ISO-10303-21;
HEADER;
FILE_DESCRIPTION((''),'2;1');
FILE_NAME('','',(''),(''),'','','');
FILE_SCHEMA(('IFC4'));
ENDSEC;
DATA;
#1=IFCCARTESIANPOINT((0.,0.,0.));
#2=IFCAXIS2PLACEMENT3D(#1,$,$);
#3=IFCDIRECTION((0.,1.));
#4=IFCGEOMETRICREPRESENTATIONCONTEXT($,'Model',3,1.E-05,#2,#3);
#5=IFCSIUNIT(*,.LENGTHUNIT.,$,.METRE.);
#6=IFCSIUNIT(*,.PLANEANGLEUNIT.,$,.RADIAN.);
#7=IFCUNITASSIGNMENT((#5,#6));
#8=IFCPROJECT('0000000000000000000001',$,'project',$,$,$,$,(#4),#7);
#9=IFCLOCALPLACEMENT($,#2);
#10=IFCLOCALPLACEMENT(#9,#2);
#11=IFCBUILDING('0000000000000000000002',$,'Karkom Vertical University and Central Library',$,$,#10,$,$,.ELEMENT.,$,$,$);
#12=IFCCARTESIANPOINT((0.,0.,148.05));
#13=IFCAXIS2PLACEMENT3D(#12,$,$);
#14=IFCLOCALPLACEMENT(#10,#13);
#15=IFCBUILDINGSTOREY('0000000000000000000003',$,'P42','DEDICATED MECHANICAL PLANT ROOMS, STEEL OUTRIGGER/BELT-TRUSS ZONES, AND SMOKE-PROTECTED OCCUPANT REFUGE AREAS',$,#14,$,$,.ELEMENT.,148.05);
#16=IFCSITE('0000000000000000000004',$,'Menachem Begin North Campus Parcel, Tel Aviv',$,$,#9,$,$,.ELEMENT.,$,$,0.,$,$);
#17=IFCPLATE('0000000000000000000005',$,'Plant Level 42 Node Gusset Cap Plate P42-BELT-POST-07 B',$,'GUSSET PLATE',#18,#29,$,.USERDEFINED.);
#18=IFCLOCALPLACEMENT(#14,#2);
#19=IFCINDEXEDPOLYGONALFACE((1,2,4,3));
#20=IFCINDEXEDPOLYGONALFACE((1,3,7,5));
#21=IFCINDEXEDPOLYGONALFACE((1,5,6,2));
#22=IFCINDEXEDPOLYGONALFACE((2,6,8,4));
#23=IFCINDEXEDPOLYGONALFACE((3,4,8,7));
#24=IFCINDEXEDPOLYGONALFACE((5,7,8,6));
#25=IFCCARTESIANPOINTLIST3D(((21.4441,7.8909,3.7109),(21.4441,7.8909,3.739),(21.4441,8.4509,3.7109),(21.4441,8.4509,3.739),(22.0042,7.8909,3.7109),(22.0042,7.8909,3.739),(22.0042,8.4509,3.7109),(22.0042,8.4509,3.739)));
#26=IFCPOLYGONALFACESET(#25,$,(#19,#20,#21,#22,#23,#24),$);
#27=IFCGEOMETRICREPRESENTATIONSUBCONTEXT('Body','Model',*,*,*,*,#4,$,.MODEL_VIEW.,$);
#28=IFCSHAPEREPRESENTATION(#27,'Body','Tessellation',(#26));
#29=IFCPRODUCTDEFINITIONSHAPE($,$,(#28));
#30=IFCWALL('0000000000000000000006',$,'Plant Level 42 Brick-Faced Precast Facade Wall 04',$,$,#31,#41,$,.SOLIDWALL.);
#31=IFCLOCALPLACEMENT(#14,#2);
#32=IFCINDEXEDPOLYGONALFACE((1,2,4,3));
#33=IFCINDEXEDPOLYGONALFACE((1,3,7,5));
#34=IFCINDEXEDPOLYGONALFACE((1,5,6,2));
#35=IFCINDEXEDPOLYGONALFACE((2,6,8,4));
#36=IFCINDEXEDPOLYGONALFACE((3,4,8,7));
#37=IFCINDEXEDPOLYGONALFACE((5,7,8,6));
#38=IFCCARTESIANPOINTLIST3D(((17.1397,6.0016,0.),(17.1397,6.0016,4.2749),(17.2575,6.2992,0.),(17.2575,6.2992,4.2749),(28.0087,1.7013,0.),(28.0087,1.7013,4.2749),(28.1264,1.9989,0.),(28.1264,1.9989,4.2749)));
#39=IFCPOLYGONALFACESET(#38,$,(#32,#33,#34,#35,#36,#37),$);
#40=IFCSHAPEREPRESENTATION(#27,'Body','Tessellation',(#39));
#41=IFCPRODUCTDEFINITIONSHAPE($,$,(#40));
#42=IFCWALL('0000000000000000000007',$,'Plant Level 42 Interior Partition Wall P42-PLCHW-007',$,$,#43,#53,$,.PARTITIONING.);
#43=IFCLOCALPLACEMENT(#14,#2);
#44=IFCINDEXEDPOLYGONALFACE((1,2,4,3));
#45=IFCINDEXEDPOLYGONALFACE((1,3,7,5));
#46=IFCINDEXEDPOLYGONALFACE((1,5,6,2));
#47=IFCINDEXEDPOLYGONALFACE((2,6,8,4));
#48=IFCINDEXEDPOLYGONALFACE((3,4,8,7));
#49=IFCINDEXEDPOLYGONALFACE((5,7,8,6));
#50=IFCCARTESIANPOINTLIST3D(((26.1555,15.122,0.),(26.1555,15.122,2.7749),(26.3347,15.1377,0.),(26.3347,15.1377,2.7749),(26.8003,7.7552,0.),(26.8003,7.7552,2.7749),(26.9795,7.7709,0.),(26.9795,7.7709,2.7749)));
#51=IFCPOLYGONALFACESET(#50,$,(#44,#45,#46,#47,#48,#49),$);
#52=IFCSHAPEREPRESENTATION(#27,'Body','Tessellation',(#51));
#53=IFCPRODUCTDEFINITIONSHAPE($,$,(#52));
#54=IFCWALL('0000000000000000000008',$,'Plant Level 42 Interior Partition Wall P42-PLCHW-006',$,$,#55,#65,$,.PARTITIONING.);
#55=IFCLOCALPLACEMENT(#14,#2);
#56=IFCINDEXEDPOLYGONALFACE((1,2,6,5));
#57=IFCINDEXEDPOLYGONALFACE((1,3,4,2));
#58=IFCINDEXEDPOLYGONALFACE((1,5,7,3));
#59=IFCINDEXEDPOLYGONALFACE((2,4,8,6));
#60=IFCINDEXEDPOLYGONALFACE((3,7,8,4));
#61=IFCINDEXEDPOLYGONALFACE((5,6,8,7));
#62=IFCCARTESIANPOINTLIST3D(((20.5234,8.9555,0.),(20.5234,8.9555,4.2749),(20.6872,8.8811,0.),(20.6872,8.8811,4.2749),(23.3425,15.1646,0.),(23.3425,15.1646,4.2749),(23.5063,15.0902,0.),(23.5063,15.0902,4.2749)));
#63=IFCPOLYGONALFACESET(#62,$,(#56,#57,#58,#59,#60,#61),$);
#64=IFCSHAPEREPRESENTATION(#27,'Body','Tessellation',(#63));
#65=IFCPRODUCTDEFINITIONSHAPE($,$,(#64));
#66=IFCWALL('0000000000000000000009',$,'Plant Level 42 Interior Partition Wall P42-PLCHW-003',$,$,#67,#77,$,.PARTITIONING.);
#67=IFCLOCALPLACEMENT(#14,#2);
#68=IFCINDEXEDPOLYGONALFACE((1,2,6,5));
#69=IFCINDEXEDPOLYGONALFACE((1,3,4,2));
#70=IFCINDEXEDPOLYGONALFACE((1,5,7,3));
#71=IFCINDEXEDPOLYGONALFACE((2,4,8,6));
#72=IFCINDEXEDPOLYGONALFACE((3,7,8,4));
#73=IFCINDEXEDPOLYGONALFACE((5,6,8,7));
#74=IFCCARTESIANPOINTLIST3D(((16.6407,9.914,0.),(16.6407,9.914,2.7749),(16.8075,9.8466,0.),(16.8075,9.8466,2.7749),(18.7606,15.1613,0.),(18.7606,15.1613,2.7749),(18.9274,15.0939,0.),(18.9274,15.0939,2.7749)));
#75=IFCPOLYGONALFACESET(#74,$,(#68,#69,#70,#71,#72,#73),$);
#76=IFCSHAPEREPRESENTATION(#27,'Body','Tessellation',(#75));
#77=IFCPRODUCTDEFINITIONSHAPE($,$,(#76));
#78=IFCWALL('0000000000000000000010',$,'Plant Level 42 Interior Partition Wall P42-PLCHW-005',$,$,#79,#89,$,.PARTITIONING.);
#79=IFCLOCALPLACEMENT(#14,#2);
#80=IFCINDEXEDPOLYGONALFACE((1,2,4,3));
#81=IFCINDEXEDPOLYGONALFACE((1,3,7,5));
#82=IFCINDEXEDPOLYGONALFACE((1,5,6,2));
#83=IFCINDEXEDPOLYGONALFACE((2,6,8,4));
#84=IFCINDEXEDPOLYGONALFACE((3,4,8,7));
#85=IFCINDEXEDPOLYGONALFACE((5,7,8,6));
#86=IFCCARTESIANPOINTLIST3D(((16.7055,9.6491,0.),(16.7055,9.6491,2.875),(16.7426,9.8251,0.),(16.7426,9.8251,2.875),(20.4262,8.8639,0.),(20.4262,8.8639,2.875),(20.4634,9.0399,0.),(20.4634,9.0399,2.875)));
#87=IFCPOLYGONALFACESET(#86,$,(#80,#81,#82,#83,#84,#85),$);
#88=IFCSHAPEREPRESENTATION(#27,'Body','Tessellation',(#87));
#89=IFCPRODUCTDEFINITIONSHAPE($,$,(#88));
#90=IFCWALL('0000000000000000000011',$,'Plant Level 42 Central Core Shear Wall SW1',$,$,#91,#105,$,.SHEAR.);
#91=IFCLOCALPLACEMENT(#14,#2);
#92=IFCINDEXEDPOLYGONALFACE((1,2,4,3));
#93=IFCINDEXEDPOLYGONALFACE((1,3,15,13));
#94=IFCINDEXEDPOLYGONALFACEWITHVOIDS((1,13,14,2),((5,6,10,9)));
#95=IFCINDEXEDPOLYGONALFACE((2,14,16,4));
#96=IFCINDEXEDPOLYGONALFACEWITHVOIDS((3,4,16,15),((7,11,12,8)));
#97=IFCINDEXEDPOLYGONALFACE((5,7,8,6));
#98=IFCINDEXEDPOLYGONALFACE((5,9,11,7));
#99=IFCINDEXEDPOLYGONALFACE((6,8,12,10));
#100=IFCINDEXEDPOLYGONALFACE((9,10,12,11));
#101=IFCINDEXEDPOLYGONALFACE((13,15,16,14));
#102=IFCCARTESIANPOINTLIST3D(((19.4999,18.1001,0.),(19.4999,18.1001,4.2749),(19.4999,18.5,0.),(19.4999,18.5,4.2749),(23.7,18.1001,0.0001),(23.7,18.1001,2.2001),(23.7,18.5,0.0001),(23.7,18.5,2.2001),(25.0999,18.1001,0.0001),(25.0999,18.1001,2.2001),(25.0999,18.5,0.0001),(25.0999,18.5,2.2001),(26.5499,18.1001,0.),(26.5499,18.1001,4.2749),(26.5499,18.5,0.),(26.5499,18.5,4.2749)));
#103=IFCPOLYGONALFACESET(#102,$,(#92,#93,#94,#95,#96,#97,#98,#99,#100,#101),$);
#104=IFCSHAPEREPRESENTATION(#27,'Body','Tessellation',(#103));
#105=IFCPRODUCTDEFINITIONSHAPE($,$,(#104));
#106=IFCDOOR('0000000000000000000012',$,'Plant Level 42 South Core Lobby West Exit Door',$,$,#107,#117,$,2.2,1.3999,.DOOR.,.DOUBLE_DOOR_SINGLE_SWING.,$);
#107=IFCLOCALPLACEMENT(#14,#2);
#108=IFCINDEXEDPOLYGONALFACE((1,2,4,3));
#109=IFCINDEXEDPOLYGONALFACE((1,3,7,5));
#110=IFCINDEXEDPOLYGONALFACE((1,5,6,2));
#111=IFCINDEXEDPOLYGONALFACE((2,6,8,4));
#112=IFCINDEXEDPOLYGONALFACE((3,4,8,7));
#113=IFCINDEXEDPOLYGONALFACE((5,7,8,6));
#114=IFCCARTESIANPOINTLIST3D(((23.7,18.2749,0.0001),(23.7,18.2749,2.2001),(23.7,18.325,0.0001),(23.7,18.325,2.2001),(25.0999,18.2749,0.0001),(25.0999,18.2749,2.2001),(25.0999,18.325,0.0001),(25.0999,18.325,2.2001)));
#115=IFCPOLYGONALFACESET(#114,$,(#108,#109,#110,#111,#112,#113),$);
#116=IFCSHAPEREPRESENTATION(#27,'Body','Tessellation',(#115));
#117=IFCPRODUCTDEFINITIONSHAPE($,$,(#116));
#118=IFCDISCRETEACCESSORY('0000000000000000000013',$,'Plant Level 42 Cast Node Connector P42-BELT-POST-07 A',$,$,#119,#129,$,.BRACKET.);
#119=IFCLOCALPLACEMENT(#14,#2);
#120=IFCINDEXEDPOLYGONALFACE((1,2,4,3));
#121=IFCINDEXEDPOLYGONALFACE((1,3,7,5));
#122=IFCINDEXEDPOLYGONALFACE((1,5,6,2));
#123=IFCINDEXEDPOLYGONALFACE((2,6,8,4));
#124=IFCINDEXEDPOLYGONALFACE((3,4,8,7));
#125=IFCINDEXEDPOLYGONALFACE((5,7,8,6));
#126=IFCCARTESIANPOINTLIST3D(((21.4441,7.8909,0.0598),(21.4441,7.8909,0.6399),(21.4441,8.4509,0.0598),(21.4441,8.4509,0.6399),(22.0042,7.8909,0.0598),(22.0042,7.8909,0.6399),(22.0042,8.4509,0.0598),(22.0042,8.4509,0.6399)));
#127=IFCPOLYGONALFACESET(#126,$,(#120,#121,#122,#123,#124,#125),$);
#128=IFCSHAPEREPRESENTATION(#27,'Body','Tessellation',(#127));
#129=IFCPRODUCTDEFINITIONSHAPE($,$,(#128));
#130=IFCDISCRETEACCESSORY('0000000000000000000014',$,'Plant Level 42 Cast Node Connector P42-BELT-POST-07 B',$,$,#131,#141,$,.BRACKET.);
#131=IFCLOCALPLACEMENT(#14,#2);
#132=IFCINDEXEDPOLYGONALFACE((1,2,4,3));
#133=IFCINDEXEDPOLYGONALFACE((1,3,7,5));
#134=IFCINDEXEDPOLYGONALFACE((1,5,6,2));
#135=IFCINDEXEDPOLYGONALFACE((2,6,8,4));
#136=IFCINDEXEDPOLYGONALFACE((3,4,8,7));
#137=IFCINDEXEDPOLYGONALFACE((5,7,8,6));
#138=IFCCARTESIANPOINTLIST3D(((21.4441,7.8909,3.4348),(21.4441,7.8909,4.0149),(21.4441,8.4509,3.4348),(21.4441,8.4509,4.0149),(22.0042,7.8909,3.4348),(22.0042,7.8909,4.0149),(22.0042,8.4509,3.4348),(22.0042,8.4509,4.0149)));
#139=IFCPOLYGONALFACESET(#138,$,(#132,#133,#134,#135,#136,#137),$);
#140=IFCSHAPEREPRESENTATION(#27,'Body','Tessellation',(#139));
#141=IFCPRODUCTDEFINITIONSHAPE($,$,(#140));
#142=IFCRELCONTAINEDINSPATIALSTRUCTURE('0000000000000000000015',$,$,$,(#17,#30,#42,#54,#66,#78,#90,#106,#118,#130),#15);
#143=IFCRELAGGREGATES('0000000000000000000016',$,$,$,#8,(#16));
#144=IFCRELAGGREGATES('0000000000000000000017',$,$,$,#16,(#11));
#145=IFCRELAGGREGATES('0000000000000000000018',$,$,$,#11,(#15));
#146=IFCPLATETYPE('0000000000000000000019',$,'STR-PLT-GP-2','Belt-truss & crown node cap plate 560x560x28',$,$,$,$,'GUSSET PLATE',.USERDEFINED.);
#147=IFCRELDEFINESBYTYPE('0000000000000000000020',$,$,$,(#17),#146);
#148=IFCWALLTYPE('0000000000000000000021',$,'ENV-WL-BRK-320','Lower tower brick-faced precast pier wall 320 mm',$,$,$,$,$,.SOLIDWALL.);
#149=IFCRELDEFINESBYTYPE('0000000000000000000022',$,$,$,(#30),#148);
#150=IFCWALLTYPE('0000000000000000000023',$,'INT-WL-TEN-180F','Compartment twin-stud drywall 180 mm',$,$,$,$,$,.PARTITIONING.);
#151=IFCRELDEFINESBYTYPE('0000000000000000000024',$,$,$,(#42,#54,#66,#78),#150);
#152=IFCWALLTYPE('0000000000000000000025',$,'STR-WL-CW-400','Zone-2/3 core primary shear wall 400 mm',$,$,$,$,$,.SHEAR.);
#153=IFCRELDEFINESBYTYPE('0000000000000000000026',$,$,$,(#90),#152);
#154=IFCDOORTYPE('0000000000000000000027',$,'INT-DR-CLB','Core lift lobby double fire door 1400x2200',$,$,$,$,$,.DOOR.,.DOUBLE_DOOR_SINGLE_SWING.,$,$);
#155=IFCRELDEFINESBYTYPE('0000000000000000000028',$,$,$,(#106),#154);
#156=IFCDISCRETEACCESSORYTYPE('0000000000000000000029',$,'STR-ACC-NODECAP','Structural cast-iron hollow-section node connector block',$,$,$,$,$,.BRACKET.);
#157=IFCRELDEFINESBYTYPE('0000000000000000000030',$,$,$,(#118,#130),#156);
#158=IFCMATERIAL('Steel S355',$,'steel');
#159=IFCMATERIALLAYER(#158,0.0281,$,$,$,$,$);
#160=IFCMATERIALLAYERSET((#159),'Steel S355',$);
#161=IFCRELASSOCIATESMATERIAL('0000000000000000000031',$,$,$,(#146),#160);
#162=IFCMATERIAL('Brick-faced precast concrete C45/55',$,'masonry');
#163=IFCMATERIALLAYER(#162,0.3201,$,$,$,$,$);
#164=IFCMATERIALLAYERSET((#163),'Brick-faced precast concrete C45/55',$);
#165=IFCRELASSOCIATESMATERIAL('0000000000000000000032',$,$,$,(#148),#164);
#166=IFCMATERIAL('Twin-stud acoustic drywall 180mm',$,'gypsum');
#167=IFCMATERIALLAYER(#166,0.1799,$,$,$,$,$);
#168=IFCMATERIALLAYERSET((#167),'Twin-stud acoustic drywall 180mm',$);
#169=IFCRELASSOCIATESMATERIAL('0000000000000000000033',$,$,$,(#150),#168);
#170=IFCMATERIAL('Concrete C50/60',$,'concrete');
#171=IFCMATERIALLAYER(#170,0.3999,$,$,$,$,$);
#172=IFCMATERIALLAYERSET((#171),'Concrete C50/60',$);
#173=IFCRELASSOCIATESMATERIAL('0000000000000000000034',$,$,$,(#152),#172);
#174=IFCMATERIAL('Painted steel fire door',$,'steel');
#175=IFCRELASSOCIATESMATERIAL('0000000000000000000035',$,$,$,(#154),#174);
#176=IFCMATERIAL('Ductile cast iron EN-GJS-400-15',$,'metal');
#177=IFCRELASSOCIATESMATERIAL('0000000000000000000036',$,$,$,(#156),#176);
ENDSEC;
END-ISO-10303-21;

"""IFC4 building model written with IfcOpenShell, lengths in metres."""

from ifc_helpers import new_model, si_unit, direction, frame, frame_2d, origin, origin_with_axes, origin_2d, place, context, subcontext, project, spatial, rectangle, extrude, source, transform, mapped, material, layer, layer_set, type_object, element, fill, save


model = new_model("IFC4")

# Units and contexts
model_context = context("Model", 3, precision=1e-05, world=origin(), true_north=direction((0.0, 1.0)))
body_context = subcontext(model_context, "Body", "Model", "MODEL_VIEW")
ifc_project = project(units=[si_unit("LENGTHUNIT", "METRE"), si_unit("PLANEANGLEUNIT", "RADIAN")], contexts=[model_context])

# Site, building, storey
site_placement = place(None, origin())
site = spatial("IfcSite", under=ifc_project, at=site_placement, Name="Menachem Begin North Campus Parcel, Tel Aviv", CompositionType="ELEMENT", RefElevation=0.0)
building_placement = place(site_placement, origin())
building = spatial("IfcBuilding", under=site, at=building_placement, Name="Karkom Vertical University and Central Library", CompositionType="ELEMENT")
storey_placement = place(building_placement, frame((0.0, 0.0, 148.05)))
storey = spatial("IfcBuildingStorey", under=building, at=storey_placement, Name="P42", Description="DEDICATED MECHANICAL PLANT ROOMS, STEEL OUTRIGGER/BELT-TRUSS ZONES, AND SMOKE-PROTECTED OCCUPANT REFUGE AREAS", CompositionType="ELEMENT", Elevation=148.05)

# Shared definitions
ifc_material_1 = material(Name="Concrete C50/60", Category="concrete")

# Shared definitions
ifc_material_2 = material(Name="Steel S355", Category="steel")

# Plate
ifc_layer_1 = layer(ifc_material_2, 0.0281)
ifc_layer_set_1 = layer_set([ifc_layer_1], Name="Steel S355")
plate_type = type_object("IfcPlateType", Name="STR-PLT-GP-2", Description="Belt-truss & crown node cap plate 560x560x28", ElementType="GUSSET PLATE", PredefinedType="USERDEFINED", material=ifc_layer_set_1)
shared_shape_1 = source(origin_with_axes(), body_context, "Body", "SweptSolid", [
    extrude(rectangle(XDim=0.5601, YDim=0.5601, at=origin_2d()), origin(), (0.0, 0.0, 1.0), 0.0281),
])
for number, where, z_axis, x_axis, name in (
    (1, (21.7241, 8.1709, 3.7109), (0.0, 0.0, 1.0), (1.0, 0.0, 0.0), "Plant Level 42 Node Gusset Cap Plate P42-BELT-POST-07 B"),
):
    element("IfcPlate", number, at=place(storey_placement, frame(where, z_axis=z_axis, x_axis=x_axis)), inside=storey, type_object=plate_type, Name=name, ObjectType="GUSSET PLATE", PredefinedType="USERDEFINED", context=body_context, shape_type="MappedRepresentation", body=[
        mapped(shared_shape_1, transform((0.0, 0.0, 0.0), scale=1.0)),
    ])

# Walls
ifc_material_3 = material(Name="Brick-faced precast concrete C45/55", Category="masonry")
ifc_layer_2 = layer(ifc_material_3, 0.3201)
ifc_layer_set_2 = layer_set([ifc_layer_2], Name="Brick-faced precast concrete C45/55")
wall_type_1 = type_object("IfcWallType", Name="ENV-WL-BRK-320", Description="Lower tower brick-faced precast pier wall 320 mm", PredefinedType="SOLIDWALL", material=ifc_layer_set_2)
wall_1_placement = place(storey_placement, frame((17.1987, 6.1504, 0.0), z_axis=(0.0, 0.0, 1.0), x_axis=(0.929865, -0.367902, 0.0)))
element("IfcWall", 2, at=wall_1_placement, inside=storey, type_object=wall_type_1, Name="Plant Level 42 Brick-Faced Precast Facade Wall 04", PredefinedType="SOLIDWALL", context=body_context, shape_type="SweptSolid", body=[
    extrude(rectangle(XDim=11.6887, YDim=0.3201, at=frame_2d((5.8442, 0.0))), origin(), (0.0, 0.0, 1.0), 4.2749),
])
ifc_material_4 = material(Name="Twin-stud acoustic drywall 180mm", Category="gypsum")
ifc_layer_3 = layer(ifc_material_4, 0.1799)
ifc_layer_set_3 = layer_set([ifc_layer_3], Name="Twin-stud acoustic drywall 180mm")
wall_type_2 = type_object("IfcWallType", Name="INT-WL-TEN-180F", Description="Compartment twin-stud drywall 180 mm", PredefinedType="PARTITIONING", material=ifc_layer_set_3)
wall_2_placement = place(storey_placement, frame((26.2451, 15.1299, 0.0), z_axis=(0.0, 0.0, 1.0), x_axis=(0.087189, -0.996192, 0.0)))
element("IfcWall", 3, at=wall_2_placement, inside=storey, type_object=wall_type_2, Name="Plant Level 42 Interior Partition Wall P42-PLCHW-007", PredefinedType="PARTITIONING", context=body_context, shape_type="SweptSolid", body=[
    extrude(rectangle(XDim=7.395, YDim=0.1799, at=frame_2d((3.6975, 0.0))), origin(), (0.0, 0.0, 1.0), 2.7749),
])
wall_3_placement = place(storey_placement, frame((20.6052, 8.9182, 0.0), z_axis=(0.0, 0.0, 1.0), x_axis=(0.413417, 0.910542, 0.0)))
element("IfcWall", 4, at=wall_3_placement, inside=storey, type_object=wall_type_2, Name="Plant Level 42 Interior Partition Wall P42-PLCHW-006", PredefinedType="PARTITIONING", context=body_context, shape_type="SweptSolid", body=[
    extrude(rectangle(XDim=6.8191, YDim=0.1799, at=frame_2d((3.4097, 0.0))), origin(), (0.0, 0.0, 1.0), 4.2749),
])
wall_4_placement = place(storey_placement, frame((16.7241, 9.8804, 0.0), z_axis=(0.0, 0.0, 1.0), x_axis=(0.374579, 0.927195, 0.0)))
element("IfcWall", 5, at=wall_4_placement, inside=storey, type_object=wall_type_2, Name="Plant Level 42 Interior Partition Wall P42-PLCHW-003", PredefinedType="PARTITIONING", context=body_context, shape_type="SweptSolid", body=[
    extrude(rectangle(XDim=5.6594, YDim=0.1799, at=frame_2d((2.8296, 0.0))), origin(), (0.0, 0.0, 1.0), 2.7749),
])
wall_5_placement = place(storey_placement, frame((20.4448, 8.9519, 0.0), z_axis=(0.0, 0.0, 1.0), x_axis=(-0.978452, 0.206476, 0.0)))
element("IfcWall", 6, at=wall_5_placement, inside=storey, type_object=wall_type_2, Name="Plant Level 42 Interior Partition Wall P42-PLCHW-005", PredefinedType="PARTITIONING", context=body_context, shape_type="SweptSolid", body=[
    extrude(rectangle(XDim=3.8027, YDim=0.1799, at=frame_2d((1.9014, 0.0))), origin(), (0.0, 0.0, 1.0), 2.875),
])

# Wall, opening, door
ifc_layer_4 = layer(ifc_material_1, 0.3999)
ifc_layer_set_4 = layer_set([ifc_layer_4], Name="Concrete C50/60")
wall_type_3 = type_object("IfcWallType", Name="STR-WL-CW-400", Description="Zone-2/3 core primary shear wall 400 mm", PredefinedType="SHEAR", material=ifc_layer_set_4)
wall_6_placement = place(storey_placement, frame((19.5, 18.3, 0.0), z_axis=(0.0, 0.0, 1.0), x_axis=(1.0, 0.0, 0.0)))
wall_6 = element("IfcWall", 7, at=wall_6_placement, inside=storey, type_object=wall_type_3, Name="Plant Level 42 Central Core Shear Wall SW1", PredefinedType="SHEAR", context=body_context, shape_type="SweptSolid", body=[
    extrude(rectangle(XDim=7.05, YDim=0.3999, at=frame_2d((3.5249, 0.0))), origin(), (0.0, 0.0, 1.0), 4.2749),
])
opening_placement = place(wall_6_placement, frame((4.2, 0.0, 0.0)))
opening = element("IfcOpeningElement", 8, at=opening_placement, cuts=wall_6, PredefinedType="OPENING", context=body_context, shape_type="SweptSolid", body=[
    extrude(rectangle(XDim=1.3999, YDim=2.2, at=frame_2d((0.7, 1.1001))), frame((0.0, 0.21, 0.0), z_axis=(0.0, -1.0, 0.0), x_axis=(1.0, 0.0, 0.0)), (0.0, 0.0, 1.0), 0.4199),
])
ifc_material_5 = material(Name="Painted steel fire door", Category="steel")
door_type = type_object("IfcDoorType", Name="INT-DR-CLB", Description="Core lift lobby double fire door 1400x2200", OperationType="DOUBLE_DOOR_SINGLE_SWING", PredefinedType="DOOR", material=ifc_material_5)
shared_shape_2 = source(origin_with_axes(), body_context, "Body", "SweptSolid", [
    extrude(rectangle(XDim=1.3999, YDim=2.2, at=frame_2d((0.7, 1.1001))), frame((0.0, 0.0249, 0.0), z_axis=(0.0, -1.0, 0.0), x_axis=(1.0, 0.0, 0.0)), (0.0, 0.0, 1.0), 0.05),
])
door_placement = place(opening_placement, origin())
door = element("IfcDoor", 9, at=door_placement, inside=storey, type_object=door_type, Name="Plant Level 42 South Core Lobby West Exit Door", OperationType="DOUBLE_DOOR_SINGLE_SWING", OverallHeight=2.2, OverallWidth=1.3999, PredefinedType="DOOR", context=body_context, shape_type="MappedRepresentation", body=[
    mapped(shared_shape_2, transform((0.0, 0.0, 0.0), scale=1.0)),
])
fill(opening, door)

# Discrete accessories
ifc_material_6 = material(Name="Ductile cast iron EN-GJS-400-15", Category="metal")
discrete_accessory_type = type_object("IfcDiscreteAccessoryType", Name="STR-ACC-NODECAP", Description="Structural cast-iron hollow-section node connector block", PredefinedType="BRACKET", material=ifc_material_6)
shared_shape_3 = source(origin_with_axes(), body_context, "Body", "SweptSolid", [
    extrude(rectangle(XDim=0.5601, YDim=0.5601, at=origin_2d()), origin(), (0.0, 0.0, 1.0), 0.5801),
])
for number, where, z_axis, x_axis, name in (
    (10, (21.7241, 8.1709, 0.0598), (0.0, 0.0, 1.0), (1.0, 0.0, 0.0), "Plant Level 42 Cast Node Connector P42-BELT-POST-07 A"),
    (11, (21.7241, 8.1709, 3.4348), (0.0, 0.0, 1.0), (1.0, 0.0, 0.0), "Plant Level 42 Cast Node Connector P42-BELT-POST-07 B"),
):
    element("IfcDiscreteAccessory", number, at=place(storey_placement, frame(where, z_axis=z_axis, x_axis=x_axis)), inside=storey, type_object=discrete_accessory_type, Name=name, PredefinedType="BRACKET", context=body_context, shape_type="MappedRepresentation", body=[
        mapped(shared_shape_3, transform((0.0, 0.0, 0.0), scale=1.0)),
    ])

save(model, "model.ifc")
